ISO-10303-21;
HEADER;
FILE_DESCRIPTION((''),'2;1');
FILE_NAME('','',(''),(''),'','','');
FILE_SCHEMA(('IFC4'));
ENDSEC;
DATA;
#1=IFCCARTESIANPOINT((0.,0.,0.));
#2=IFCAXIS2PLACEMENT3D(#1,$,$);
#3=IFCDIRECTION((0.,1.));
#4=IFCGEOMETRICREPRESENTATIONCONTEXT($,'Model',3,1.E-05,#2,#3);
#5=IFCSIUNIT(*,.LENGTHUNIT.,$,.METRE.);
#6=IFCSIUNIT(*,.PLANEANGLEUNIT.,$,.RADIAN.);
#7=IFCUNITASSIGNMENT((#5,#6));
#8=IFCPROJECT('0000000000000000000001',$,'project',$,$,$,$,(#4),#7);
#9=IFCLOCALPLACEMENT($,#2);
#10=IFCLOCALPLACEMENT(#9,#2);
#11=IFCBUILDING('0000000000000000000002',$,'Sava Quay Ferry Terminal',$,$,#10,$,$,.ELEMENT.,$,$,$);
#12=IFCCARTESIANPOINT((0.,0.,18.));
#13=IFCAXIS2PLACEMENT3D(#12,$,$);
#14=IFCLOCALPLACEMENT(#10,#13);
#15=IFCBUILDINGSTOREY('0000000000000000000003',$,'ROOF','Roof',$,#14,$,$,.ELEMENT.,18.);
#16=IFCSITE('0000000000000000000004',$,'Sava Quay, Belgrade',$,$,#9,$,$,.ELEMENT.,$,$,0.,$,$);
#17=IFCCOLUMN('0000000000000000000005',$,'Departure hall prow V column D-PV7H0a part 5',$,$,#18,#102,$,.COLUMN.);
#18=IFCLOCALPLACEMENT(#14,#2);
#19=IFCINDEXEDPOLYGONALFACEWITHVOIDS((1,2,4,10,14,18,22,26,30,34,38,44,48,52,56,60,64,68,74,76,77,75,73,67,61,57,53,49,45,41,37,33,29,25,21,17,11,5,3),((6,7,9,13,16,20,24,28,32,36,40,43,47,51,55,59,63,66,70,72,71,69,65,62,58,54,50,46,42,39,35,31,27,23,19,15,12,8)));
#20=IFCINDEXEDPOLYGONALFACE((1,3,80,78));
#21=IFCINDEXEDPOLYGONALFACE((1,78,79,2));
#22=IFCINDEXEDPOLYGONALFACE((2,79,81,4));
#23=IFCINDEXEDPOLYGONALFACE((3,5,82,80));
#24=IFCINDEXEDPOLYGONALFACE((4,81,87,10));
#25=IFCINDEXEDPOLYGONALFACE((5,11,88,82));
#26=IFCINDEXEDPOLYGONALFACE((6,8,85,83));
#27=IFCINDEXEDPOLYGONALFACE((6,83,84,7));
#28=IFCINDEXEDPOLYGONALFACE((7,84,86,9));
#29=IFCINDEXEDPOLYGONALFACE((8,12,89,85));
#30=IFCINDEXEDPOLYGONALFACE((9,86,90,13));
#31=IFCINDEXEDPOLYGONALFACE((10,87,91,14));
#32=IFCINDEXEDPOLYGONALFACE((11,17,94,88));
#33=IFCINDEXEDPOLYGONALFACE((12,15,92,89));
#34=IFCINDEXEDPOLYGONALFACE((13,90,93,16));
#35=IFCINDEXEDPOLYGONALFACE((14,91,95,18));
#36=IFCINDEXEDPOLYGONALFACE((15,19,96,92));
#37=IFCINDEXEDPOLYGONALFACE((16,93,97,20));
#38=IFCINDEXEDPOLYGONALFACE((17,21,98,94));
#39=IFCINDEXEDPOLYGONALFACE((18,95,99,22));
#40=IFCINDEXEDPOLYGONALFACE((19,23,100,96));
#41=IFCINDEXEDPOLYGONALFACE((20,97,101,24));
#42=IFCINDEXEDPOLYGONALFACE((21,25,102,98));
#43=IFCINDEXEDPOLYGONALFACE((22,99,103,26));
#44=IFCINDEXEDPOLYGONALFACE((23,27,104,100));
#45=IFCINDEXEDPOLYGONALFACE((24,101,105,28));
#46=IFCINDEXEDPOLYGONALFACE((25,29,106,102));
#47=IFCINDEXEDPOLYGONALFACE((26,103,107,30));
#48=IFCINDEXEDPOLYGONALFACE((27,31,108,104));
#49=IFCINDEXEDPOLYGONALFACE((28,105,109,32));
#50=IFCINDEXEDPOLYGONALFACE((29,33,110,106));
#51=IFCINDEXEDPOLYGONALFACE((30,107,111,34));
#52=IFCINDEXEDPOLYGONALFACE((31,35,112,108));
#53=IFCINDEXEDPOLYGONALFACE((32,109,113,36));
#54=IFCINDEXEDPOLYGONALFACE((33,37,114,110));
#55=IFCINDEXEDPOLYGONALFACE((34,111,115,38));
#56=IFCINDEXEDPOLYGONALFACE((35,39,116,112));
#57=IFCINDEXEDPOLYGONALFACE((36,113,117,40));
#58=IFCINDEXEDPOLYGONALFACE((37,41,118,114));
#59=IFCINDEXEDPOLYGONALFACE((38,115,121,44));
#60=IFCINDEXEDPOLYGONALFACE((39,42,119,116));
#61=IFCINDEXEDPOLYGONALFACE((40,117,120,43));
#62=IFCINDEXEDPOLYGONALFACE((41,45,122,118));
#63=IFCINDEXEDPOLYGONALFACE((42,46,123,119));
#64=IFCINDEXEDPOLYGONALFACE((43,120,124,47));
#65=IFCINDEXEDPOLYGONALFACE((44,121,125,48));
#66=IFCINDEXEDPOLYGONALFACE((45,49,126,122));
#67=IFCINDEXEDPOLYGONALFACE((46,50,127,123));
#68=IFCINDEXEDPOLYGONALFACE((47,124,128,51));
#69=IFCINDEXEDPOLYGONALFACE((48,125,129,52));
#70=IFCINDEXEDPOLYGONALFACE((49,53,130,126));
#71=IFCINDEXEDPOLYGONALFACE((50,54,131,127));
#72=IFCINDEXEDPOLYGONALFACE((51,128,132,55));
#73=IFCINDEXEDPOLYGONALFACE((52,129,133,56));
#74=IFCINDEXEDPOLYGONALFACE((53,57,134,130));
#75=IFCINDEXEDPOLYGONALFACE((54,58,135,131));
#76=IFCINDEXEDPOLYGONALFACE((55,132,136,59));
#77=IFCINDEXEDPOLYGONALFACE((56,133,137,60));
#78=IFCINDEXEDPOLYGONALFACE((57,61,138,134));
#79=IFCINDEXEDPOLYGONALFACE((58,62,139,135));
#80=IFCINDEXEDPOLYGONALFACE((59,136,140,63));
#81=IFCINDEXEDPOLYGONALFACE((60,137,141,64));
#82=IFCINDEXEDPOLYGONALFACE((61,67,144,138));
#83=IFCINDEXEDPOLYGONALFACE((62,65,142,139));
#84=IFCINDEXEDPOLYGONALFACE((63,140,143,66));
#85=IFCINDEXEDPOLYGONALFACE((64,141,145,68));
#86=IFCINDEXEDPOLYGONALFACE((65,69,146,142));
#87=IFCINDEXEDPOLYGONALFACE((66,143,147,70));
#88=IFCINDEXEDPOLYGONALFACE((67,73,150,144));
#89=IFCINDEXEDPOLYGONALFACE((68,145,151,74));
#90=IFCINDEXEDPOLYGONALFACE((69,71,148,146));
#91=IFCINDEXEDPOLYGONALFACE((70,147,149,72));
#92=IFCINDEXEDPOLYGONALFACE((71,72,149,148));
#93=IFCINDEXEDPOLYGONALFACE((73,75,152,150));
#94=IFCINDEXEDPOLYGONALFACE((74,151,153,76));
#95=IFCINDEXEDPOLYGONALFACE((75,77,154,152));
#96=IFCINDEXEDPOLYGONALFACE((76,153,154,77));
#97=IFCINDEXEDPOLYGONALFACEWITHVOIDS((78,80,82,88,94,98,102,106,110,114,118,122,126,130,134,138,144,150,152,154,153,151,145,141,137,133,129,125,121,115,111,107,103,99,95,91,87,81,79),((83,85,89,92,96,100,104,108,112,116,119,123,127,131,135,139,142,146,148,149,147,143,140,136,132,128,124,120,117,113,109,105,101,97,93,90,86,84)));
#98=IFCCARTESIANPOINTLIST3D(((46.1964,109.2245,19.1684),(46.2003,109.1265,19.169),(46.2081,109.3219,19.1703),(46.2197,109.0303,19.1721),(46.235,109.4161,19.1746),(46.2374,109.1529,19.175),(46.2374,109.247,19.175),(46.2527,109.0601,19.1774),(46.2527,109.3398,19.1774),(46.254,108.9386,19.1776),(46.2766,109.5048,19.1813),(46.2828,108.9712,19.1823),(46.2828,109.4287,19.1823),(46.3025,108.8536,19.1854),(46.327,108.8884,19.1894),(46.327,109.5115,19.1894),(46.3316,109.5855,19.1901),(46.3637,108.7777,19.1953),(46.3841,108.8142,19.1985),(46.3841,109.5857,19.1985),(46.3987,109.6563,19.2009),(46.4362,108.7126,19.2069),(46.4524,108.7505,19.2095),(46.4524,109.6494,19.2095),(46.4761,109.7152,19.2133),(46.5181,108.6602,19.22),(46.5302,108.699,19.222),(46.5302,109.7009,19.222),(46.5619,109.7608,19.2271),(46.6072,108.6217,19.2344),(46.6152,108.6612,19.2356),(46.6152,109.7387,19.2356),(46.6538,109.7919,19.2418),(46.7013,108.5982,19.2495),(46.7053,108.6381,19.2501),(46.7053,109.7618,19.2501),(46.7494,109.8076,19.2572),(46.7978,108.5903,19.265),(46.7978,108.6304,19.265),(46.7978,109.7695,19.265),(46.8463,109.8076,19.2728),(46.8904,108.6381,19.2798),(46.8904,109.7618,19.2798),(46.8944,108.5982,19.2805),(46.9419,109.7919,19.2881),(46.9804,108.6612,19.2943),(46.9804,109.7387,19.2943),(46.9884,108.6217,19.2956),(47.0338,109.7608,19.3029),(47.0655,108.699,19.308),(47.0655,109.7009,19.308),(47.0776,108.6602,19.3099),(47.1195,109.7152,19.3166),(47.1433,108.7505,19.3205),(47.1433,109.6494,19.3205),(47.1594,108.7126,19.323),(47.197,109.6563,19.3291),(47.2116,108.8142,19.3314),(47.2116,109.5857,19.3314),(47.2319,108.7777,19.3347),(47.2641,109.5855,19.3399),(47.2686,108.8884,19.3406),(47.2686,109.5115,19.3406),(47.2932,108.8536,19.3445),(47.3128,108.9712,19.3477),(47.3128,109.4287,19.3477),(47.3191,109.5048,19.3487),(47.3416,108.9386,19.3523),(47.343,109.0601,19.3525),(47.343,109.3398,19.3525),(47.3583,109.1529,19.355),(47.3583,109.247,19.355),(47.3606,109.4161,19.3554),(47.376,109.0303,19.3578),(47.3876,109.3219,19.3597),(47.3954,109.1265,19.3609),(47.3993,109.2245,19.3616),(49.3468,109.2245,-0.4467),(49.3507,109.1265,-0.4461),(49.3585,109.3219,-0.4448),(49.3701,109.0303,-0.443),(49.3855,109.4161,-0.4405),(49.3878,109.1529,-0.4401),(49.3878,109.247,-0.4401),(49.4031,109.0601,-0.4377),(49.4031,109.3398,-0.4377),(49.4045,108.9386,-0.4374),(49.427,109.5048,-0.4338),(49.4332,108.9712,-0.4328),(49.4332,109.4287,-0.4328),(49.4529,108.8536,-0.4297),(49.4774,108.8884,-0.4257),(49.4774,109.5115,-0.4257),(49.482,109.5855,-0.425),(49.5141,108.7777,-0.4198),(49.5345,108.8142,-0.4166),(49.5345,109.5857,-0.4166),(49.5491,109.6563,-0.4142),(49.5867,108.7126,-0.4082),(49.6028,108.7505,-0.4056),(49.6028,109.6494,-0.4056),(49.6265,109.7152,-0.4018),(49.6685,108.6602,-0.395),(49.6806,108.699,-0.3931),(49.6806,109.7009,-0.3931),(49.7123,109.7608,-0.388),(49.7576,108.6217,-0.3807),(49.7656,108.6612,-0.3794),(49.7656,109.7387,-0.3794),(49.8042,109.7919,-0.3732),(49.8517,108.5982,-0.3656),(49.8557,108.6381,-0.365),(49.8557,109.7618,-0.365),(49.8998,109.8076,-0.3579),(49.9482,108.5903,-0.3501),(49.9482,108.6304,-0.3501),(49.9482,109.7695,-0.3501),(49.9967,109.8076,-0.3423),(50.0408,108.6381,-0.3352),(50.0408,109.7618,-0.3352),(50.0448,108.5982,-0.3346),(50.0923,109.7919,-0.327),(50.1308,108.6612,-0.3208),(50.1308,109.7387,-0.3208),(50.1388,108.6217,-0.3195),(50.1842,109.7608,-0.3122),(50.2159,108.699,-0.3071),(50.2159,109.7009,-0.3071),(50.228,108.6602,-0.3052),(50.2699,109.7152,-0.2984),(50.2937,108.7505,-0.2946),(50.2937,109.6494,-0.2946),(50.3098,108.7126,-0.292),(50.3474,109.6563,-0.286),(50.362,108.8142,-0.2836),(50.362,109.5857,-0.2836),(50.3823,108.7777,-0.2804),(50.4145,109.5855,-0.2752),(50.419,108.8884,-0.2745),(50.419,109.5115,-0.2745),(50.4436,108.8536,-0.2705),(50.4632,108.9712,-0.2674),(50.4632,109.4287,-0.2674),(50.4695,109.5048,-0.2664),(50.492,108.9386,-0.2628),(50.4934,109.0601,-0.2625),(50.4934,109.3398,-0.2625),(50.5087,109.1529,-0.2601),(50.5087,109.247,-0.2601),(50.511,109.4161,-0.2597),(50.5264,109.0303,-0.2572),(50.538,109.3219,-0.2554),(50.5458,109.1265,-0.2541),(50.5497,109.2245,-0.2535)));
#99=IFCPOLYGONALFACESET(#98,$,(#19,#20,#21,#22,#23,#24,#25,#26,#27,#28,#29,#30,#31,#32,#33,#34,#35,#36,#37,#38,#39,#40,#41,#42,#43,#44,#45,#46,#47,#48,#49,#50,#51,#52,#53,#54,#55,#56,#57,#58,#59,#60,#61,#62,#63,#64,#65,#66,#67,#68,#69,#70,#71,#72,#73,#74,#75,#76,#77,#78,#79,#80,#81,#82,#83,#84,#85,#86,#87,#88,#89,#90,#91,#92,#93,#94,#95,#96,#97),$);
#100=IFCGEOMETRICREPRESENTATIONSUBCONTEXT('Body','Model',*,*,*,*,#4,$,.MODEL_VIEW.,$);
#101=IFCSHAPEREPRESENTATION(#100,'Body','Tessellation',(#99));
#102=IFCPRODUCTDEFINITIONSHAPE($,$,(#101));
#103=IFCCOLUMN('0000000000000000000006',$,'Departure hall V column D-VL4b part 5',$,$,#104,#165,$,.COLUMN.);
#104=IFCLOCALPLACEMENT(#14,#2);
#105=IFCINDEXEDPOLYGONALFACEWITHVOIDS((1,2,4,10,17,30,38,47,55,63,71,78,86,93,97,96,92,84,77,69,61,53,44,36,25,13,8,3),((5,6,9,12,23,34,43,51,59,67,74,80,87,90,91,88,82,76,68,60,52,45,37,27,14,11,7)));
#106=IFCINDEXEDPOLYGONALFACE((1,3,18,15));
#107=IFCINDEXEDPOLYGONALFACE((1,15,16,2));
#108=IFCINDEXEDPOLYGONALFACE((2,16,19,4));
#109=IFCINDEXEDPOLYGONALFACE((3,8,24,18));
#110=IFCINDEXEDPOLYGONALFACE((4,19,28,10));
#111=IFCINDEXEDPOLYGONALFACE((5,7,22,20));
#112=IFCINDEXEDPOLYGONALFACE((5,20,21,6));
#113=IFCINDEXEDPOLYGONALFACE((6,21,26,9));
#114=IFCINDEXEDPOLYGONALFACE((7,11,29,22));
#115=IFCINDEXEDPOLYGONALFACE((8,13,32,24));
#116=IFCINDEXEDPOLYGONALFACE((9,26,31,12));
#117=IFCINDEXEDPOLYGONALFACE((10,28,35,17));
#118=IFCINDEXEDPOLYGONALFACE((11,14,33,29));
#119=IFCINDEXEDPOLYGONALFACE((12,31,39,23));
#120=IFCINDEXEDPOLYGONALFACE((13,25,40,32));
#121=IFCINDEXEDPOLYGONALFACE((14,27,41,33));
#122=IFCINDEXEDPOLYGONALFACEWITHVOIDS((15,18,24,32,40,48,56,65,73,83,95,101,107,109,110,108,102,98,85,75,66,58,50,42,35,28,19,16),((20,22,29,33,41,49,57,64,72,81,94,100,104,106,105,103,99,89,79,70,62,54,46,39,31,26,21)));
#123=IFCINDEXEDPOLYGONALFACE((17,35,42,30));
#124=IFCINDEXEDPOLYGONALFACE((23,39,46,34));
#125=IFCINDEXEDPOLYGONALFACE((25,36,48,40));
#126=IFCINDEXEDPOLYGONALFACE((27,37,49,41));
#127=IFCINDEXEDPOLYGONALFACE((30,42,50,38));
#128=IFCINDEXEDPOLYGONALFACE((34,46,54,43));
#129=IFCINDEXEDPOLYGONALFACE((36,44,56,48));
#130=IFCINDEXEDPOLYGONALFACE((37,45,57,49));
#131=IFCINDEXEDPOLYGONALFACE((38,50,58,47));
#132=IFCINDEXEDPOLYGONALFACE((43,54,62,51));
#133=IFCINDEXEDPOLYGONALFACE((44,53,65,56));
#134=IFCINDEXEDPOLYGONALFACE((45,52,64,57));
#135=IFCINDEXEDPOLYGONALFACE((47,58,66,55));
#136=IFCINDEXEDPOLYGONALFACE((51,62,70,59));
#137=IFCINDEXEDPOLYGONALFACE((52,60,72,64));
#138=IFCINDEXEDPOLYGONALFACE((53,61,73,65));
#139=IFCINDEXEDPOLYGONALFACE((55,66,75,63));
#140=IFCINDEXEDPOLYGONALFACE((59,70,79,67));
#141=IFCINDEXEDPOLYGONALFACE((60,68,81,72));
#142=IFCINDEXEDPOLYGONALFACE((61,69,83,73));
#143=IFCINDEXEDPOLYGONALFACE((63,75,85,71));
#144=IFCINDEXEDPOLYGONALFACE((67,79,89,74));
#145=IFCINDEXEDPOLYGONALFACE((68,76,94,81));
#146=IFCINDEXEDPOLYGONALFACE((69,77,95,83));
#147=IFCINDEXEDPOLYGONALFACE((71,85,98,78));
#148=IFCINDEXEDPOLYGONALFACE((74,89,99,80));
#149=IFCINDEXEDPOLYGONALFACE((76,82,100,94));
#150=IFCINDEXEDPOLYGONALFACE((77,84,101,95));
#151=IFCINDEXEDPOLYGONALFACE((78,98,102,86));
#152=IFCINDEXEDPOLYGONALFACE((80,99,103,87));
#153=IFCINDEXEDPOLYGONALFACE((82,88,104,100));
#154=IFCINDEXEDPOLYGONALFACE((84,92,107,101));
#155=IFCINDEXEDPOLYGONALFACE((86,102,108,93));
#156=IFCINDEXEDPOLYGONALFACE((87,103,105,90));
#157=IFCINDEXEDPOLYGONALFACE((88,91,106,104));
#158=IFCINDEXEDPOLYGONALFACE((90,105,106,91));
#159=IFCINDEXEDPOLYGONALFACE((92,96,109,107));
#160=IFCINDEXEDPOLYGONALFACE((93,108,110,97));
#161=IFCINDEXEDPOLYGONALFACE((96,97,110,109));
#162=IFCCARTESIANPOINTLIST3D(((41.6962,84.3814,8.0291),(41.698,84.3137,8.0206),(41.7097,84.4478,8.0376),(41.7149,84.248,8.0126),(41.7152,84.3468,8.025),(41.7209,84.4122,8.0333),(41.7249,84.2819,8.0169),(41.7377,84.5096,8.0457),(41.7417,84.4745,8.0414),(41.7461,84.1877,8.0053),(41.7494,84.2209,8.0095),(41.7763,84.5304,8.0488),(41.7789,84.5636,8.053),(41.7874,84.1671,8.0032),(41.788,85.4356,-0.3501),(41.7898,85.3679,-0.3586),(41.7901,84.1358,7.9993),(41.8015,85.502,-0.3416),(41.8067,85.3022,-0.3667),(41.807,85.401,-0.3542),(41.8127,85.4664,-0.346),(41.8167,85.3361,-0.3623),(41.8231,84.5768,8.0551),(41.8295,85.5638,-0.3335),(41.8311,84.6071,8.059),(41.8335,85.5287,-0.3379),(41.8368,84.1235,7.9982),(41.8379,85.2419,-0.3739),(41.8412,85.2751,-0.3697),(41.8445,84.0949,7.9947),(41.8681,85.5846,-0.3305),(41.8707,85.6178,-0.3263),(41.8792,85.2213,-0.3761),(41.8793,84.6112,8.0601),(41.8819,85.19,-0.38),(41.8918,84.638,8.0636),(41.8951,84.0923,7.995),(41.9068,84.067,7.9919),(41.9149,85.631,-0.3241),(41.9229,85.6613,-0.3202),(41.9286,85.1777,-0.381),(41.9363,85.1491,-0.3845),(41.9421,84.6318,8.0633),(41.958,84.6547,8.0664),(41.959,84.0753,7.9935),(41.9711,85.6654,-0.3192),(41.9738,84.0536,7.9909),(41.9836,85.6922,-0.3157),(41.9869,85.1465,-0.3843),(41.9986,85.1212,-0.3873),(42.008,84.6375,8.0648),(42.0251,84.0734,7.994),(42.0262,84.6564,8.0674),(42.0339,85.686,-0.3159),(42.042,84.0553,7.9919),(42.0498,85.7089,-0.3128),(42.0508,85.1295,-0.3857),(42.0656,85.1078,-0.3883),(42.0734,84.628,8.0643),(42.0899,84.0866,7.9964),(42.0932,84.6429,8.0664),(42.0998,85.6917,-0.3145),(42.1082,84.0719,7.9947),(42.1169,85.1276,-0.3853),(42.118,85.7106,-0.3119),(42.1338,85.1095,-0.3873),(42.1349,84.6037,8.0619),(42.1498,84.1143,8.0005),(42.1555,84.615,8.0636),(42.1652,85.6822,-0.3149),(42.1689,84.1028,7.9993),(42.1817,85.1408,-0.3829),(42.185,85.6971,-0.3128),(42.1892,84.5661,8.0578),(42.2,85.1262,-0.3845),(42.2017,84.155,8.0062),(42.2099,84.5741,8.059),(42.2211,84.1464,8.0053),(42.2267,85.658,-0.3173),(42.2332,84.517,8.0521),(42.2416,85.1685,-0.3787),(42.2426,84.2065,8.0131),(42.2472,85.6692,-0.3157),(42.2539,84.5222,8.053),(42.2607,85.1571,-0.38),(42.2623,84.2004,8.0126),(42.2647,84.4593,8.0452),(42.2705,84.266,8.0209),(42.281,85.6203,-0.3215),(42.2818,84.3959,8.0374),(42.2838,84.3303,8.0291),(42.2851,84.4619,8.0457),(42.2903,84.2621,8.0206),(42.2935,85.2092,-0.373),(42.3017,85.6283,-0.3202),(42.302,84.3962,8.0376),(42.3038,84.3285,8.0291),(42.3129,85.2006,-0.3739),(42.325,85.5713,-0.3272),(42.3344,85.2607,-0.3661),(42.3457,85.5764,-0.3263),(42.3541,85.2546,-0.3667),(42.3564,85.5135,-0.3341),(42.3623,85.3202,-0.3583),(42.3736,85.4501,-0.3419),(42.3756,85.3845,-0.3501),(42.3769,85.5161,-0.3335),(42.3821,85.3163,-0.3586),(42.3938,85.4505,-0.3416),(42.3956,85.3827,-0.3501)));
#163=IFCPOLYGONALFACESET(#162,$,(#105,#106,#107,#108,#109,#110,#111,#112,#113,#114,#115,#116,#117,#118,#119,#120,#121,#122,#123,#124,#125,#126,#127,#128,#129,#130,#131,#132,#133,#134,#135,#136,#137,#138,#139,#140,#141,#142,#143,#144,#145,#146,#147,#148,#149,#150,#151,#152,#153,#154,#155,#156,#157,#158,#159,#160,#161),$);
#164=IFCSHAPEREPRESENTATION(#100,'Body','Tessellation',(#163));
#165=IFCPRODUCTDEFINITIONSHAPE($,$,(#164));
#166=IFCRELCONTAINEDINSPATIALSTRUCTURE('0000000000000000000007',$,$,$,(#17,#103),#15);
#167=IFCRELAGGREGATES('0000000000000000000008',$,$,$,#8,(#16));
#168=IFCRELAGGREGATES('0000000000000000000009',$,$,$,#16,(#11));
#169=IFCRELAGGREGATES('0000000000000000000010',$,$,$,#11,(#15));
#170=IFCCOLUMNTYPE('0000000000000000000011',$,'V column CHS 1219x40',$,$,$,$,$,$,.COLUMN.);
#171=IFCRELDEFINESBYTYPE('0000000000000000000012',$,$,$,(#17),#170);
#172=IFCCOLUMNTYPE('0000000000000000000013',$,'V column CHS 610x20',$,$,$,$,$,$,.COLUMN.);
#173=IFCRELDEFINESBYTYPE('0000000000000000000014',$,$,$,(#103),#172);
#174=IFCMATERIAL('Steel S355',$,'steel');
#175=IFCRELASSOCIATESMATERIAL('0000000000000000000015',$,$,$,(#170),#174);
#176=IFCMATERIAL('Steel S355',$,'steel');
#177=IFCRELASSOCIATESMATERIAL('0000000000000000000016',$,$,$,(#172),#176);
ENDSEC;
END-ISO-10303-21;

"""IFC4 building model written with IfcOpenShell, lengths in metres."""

from ifc_helpers import new_model, si_unit, direction, frame, origin, origin_2d, place, context, subcontext, project, spatial, hollow_circle, extrude, material, material_profile, profile_set, type_object, element, save


model = new_model("IFC4")

# Units and contexts
model_context = context("Model", 3, precision=1e-05, world=origin(), true_north=direction((0.0, 1.0)))
body_context = subcontext(model_context, "Body", "Model", "MODEL_VIEW")
ifc_project = project(units=[si_unit("LENGTHUNIT", "METRE"), si_unit("PLANEANGLEUNIT", "RADIAN")], contexts=[model_context])

# Site, building, storey
site_placement = place(None, origin())
site = spatial("IfcSite", under=ifc_project, at=site_placement, Name="Sava Quay, Belgrade", CompositionType="ELEMENT", RefElevation=0.0)
building_placement = place(site_placement, origin())
building = spatial("IfcBuilding", under=site, at=building_placement, Name="Sava Quay Ferry Terminal", CompositionType="ELEMENT")
storey_placement = place(building_placement, frame((0.0, 0.0, 18.0)))
storey = spatial("IfcBuildingStorey", under=building, at=storey_placement, Name="ROOF", Description="Roof", CompositionType="ELEMENT", Elevation=18.0)

# Columns
ifc_material_1 = material(Name="Steel S355", Category="steel")
ifc_material_profile_1 = material_profile(ifc_material_1, hollow_circle(Radius=0.6096, WallThickness=0.04, at=origin_2d()), Name="CHS 1219 x 40.0")
ifc_profile_set_1 = profile_set([ifc_material_profile_1], Name="Steel S355")
column_type_1 = type_object("IfcColumnType", Name="V column CHS 1219x40", PredefinedType="COLUMN", material=ifc_profile_set_1)
column_1_placement = place(storey_placement, frame((49.9482, 109.2, -0.3501), z_axis=(-0.158579, 0.0, 0.987346), x_axis=(0.0, -1.0, 0.0)))
element("IfcColumn", 1, at=column_1_placement, inside=storey, type_object=column_type_1, Name="Departure hall prow V column D-PV7H0a part 5", PredefinedType="COLUMN", context=body_context, shape_type="SweptSolid", body=[
    extrude(hollow_circle(Radius=0.6096, WallThickness=0.04, at=origin_2d()), origin(), (0.0, 0.0, 1.0), 19.8665),
])
ifc_material_2 = material(Name="Steel S355", Category="steel")
ifc_material_profile_2 = material_profile(ifc_material_2, hollow_circle(Radius=0.3049, WallThickness=0.02, at=origin_2d()), Name="CHS 610 x 20.0")
ifc_profile_set_2 = profile_set([ifc_material_profile_2], Name="Steel S355")
column_type_2 = type_object("IfcColumnType", Name="V column CHS 610x20", PredefinedType="COLUMN", material=ifc_profile_set_2)
column_2_placement = place(storey_placement, frame((42.0918, 85.4092, -0.3501), z_axis=(-0.010869, -0.124821, 0.99212), x_axis=(0.99623, -0.086749, 0.0)))
element("IfcColumn", 2, at=column_2_placement, inside=storey, type_object=column_type_2, Name="Departure hall V column D-VL4b part 5", PredefinedType="COLUMN", context=body_context, shape_type="SweptSolid", body=[
    extrude(hollow_circle(Radius=0.3049, WallThickness=0.02, at=origin_2d()), origin(), (0.0, 0.0, 1.0), 8.4458),
])

save(model, "model.ifc")
